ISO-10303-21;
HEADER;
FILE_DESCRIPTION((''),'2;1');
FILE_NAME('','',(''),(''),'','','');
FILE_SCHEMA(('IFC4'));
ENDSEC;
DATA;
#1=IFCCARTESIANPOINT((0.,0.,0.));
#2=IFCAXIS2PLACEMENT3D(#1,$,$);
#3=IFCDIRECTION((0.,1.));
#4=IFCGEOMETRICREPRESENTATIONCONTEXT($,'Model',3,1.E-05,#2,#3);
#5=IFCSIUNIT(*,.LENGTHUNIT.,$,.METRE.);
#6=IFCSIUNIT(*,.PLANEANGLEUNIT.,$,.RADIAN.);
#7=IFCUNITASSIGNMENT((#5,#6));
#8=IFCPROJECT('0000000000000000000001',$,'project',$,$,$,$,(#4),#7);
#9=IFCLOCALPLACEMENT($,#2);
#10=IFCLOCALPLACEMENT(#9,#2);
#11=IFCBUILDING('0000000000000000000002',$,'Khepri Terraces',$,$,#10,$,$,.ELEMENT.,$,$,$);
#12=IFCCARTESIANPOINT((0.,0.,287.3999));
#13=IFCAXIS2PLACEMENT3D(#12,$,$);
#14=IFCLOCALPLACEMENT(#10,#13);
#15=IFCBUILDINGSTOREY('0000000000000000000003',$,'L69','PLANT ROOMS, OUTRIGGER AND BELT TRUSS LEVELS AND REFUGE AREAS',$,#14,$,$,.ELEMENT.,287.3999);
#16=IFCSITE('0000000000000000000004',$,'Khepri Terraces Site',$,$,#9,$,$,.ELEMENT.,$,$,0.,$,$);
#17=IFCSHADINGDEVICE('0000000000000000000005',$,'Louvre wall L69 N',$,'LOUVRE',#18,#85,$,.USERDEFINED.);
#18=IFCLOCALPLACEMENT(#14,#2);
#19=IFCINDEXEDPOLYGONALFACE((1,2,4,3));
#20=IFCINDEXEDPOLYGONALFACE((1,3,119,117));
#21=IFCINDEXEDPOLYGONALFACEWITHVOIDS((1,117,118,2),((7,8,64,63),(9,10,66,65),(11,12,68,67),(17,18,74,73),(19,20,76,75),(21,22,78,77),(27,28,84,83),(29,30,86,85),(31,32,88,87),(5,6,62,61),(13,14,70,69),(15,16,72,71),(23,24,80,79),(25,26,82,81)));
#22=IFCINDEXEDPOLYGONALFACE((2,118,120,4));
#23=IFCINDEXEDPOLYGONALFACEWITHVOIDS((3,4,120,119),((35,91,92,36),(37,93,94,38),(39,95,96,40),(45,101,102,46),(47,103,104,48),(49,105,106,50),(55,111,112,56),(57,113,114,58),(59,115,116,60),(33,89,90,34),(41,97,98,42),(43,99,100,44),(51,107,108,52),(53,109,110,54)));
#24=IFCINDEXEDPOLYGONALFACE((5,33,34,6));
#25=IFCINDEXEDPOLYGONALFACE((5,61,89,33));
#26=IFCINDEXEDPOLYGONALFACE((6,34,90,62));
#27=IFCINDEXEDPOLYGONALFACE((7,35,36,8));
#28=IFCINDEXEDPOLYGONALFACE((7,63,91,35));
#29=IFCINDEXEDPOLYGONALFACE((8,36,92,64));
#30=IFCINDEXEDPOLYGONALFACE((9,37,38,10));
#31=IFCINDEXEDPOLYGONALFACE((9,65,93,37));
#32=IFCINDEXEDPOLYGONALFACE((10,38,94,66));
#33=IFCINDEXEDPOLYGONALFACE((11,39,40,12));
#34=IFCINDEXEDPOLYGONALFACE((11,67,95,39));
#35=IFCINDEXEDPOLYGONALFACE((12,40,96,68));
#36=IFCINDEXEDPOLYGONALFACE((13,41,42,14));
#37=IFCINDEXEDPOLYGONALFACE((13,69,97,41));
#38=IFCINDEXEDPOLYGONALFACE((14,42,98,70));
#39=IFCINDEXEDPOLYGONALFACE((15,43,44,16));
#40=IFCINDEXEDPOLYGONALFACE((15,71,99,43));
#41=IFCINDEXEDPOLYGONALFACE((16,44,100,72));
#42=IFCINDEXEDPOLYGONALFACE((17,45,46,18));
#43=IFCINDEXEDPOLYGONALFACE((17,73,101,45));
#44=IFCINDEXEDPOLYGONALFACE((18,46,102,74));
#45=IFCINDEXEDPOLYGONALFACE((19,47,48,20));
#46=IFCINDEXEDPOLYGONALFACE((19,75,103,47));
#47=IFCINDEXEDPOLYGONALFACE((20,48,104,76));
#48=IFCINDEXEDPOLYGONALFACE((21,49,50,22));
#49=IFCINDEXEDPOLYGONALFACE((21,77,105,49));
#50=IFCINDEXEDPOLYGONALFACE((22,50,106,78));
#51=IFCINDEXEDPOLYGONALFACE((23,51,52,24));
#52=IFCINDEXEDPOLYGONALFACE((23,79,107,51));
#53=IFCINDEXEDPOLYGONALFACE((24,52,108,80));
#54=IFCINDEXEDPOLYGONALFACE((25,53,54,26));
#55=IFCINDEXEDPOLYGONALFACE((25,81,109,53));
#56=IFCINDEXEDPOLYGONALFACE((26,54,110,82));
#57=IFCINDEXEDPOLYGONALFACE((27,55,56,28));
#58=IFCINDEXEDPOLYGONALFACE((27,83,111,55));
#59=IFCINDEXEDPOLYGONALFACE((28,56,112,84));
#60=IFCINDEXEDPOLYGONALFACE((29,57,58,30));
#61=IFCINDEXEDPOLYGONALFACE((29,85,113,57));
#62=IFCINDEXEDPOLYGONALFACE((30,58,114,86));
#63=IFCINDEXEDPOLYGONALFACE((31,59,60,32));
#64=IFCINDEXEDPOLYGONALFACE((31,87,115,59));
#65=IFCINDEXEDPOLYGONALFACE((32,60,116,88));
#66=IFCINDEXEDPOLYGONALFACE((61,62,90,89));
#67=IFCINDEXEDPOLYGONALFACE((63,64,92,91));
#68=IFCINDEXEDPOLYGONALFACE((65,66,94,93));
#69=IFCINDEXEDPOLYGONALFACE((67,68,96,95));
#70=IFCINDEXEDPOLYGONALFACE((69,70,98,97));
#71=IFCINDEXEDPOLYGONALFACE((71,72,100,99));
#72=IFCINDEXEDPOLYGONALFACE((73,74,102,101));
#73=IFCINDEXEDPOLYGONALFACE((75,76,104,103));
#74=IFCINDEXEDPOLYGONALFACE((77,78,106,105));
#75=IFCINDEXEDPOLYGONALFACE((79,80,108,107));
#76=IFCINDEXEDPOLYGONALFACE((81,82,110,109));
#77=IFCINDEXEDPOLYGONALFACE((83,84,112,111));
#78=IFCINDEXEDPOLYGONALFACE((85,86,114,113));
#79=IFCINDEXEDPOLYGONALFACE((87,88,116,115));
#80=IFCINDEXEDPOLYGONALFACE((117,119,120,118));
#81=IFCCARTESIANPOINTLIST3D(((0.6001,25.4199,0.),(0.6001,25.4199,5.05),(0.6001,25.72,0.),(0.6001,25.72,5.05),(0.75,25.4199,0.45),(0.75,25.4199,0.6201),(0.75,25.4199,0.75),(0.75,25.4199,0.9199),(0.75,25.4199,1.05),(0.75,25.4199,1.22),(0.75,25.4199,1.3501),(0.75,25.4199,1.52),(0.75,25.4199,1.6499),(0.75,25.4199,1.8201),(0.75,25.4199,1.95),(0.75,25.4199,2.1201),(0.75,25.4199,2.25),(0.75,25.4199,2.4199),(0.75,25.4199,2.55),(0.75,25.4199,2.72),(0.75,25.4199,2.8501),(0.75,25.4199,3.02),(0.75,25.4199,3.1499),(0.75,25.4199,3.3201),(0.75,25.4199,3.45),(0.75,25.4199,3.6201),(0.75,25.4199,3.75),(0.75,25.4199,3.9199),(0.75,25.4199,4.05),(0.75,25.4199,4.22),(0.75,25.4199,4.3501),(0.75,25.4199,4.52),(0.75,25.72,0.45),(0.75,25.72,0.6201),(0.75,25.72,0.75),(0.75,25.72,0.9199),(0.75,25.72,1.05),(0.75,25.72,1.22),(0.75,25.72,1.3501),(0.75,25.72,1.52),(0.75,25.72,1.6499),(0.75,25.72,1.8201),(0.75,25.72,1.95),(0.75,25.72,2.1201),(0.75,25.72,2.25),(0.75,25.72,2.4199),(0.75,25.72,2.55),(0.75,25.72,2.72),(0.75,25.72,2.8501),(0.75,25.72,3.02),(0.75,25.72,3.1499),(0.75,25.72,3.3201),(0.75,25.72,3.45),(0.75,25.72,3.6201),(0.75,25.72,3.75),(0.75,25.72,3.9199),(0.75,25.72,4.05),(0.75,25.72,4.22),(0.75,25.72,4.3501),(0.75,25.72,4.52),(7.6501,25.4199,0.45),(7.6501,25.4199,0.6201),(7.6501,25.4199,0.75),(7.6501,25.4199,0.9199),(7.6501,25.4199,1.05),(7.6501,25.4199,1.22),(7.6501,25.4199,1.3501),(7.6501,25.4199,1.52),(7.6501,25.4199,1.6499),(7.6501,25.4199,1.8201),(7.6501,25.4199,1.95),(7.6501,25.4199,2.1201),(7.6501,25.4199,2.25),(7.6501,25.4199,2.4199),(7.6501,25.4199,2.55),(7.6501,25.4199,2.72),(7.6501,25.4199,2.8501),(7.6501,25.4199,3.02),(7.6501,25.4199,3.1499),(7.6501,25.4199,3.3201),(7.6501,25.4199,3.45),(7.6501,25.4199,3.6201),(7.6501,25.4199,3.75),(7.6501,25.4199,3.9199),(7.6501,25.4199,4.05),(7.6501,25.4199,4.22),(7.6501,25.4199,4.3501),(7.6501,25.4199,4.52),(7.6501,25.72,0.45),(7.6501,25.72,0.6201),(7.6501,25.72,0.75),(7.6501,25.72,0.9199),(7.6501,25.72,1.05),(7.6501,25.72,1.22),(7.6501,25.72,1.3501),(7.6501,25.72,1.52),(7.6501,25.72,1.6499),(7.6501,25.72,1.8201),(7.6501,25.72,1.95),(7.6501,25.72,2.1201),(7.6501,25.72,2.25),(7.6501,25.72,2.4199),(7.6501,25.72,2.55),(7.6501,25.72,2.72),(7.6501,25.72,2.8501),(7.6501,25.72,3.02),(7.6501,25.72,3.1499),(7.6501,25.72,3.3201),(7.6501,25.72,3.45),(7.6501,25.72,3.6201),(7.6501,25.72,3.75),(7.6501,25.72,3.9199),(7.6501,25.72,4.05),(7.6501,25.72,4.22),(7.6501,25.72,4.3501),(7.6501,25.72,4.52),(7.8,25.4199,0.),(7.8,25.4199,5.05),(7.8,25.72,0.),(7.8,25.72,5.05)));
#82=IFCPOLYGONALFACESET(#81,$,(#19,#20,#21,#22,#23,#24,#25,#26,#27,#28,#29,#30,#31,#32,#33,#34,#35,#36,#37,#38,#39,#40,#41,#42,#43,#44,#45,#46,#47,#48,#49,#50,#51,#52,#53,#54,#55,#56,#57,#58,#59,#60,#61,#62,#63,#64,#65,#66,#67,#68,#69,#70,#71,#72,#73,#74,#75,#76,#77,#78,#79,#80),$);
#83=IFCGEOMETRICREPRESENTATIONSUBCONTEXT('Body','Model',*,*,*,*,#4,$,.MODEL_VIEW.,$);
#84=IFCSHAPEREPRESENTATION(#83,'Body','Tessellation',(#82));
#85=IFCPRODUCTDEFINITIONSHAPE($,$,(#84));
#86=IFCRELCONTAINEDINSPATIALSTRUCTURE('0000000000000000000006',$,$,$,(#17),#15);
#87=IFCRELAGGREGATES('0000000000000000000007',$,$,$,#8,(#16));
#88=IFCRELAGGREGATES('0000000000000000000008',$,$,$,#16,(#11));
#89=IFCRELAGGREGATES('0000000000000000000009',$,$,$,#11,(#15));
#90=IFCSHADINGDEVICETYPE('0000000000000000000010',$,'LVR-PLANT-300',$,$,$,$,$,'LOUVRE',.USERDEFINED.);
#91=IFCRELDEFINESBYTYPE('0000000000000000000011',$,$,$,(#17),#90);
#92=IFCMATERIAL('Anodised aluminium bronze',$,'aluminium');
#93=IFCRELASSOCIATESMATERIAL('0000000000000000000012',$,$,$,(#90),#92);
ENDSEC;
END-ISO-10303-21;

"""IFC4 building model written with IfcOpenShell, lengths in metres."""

from ifc_helpers import new_model, si_unit, direction, frame, origin, place, context, subcontext, project, spatial, polyline, outline, extrude, material, type_object, element, save


model = new_model("IFC4")

# Units and contexts
model_context = context("Model", 3, precision=1e-05, world=origin(), true_north=direction((0.0, 1.0)))
body_context = subcontext(model_context, "Body", "Model", "MODEL_VIEW")
ifc_project = project(units=[si_unit("LENGTHUNIT", "METRE"), si_unit("PLANEANGLEUNIT", "RADIAN")], contexts=[model_context])

# Site, building, storey
site_placement = place(None, origin())
site = spatial("IfcSite", under=ifc_project, at=site_placement, Name="Khepri Terraces Site", CompositionType="ELEMENT", RefElevation=0.0)
building_placement = place(site_placement, origin())
building = spatial("IfcBuilding", under=site, at=building_placement, Name="Khepri Terraces", CompositionType="ELEMENT")
storey_placement = place(building_placement, frame((0.0, 0.0, 287.3999)))
storey = spatial("IfcBuildingStorey", under=building, at=storey_placement, Name="L69", Description="PLANT ROOMS, OUTRIGGER AND BELT TRUSS LEVELS AND REFUGE AREAS", CompositionType="ELEMENT", Elevation=287.3999)

# Shading device
ifc_material_1 = material(Name="Anodised aluminium bronze", Category="aluminium")
shading_device_type = type_object("IfcShadingDeviceType", Name="LVR-PLANT-300", ElementType="LOUVRE", PredefinedType="USERDEFINED", material=ifc_material_1)
shading_device_placement = place(storey_placement, frame((7.8, 25.4199, 0.0), z_axis=(0.0, 1.0, 0.0), x_axis=(-1.0, 0.0, 0.0)))
element("IfcShadingDevice", 1, at=shading_device_placement, inside=storey, type_object=shading_device_type, Name="Louvre wall L69 N", ObjectType="LOUVRE", PredefinedType="USERDEFINED", context=body_context, shape_type="SweptSolid", body=[
    extrude(outline(polyline([(0.0, 0.0), (7.2, 0.0), (7.2, 5.05), (0.0, 5.05), (0.0, 0.0)]), holes=[polyline([(0.1499, 0.45), (7.05, 0.45), (7.05, 0.6201), (0.1499, 0.6201), (0.1499, 0.45)]), polyline([(0.1499, 0.75), (7.05, 0.75), (7.05, 0.9199), (0.1499, 0.9199), (0.1499, 0.75)]), polyline([(0.1499, 1.05), (7.05, 1.05), (7.05, 1.22), (0.1499, 1.22), (0.1499, 1.05)]), polyline([(0.1499, 1.3501), (7.05, 1.3501), (7.05, 1.52), (0.1499, 1.52), (0.1499, 1.3501)]), polyline([(0.1499, 1.6499), (7.05, 1.6499), (7.05, 1.8201), (0.1499, 1.8201), (0.1499, 1.6499)]), polyline([(0.1499, 1.95), (7.05, 1.95), (7.05, 2.1201), (0.1499, 2.1201), (0.1499, 1.95)]), polyline([(0.1499, 2.25), (7.05, 2.25), (7.05, 2.4199), (0.1499, 2.4199), (0.1499, 2.25)]), polyline([(0.1499, 2.55), (7.05, 2.55), (7.05, 2.72), (0.1499, 2.72), (0.1499, 2.55)]), polyline([(0.1499, 2.8501), (7.05, 2.8501), (7.05, 3.02), (0.1499, 3.02), (0.1499, 2.8501)]), polyline([(0.1499, 3.1499), (7.05, 3.1499), (7.05, 3.3201), (0.1499, 3.3201), (0.1499, 3.1499)]), polyline([(0.1499, 3.45), (7.05, 3.45), (7.05, 3.6201), (0.1499, 3.6201), (0.1499, 3.45)]), polyline([(0.1499, 3.75), (7.05, 3.75), (7.05, 3.9199), (0.1499, 3.9199), (0.1499, 3.75)]), polyline([(0.1499, 4.05), (7.05, 4.05), (7.05, 4.22), (0.1499, 4.22), (0.1499, 4.05)]), polyline([(0.1499, 4.3501), (7.05, 4.3501), (7.05, 4.52), (0.1499, 4.52), (0.1499, 4.3501)])]), origin(), (0.0, 0.0, 1.0), 0.3),
])

save(model, "model.ifc")
